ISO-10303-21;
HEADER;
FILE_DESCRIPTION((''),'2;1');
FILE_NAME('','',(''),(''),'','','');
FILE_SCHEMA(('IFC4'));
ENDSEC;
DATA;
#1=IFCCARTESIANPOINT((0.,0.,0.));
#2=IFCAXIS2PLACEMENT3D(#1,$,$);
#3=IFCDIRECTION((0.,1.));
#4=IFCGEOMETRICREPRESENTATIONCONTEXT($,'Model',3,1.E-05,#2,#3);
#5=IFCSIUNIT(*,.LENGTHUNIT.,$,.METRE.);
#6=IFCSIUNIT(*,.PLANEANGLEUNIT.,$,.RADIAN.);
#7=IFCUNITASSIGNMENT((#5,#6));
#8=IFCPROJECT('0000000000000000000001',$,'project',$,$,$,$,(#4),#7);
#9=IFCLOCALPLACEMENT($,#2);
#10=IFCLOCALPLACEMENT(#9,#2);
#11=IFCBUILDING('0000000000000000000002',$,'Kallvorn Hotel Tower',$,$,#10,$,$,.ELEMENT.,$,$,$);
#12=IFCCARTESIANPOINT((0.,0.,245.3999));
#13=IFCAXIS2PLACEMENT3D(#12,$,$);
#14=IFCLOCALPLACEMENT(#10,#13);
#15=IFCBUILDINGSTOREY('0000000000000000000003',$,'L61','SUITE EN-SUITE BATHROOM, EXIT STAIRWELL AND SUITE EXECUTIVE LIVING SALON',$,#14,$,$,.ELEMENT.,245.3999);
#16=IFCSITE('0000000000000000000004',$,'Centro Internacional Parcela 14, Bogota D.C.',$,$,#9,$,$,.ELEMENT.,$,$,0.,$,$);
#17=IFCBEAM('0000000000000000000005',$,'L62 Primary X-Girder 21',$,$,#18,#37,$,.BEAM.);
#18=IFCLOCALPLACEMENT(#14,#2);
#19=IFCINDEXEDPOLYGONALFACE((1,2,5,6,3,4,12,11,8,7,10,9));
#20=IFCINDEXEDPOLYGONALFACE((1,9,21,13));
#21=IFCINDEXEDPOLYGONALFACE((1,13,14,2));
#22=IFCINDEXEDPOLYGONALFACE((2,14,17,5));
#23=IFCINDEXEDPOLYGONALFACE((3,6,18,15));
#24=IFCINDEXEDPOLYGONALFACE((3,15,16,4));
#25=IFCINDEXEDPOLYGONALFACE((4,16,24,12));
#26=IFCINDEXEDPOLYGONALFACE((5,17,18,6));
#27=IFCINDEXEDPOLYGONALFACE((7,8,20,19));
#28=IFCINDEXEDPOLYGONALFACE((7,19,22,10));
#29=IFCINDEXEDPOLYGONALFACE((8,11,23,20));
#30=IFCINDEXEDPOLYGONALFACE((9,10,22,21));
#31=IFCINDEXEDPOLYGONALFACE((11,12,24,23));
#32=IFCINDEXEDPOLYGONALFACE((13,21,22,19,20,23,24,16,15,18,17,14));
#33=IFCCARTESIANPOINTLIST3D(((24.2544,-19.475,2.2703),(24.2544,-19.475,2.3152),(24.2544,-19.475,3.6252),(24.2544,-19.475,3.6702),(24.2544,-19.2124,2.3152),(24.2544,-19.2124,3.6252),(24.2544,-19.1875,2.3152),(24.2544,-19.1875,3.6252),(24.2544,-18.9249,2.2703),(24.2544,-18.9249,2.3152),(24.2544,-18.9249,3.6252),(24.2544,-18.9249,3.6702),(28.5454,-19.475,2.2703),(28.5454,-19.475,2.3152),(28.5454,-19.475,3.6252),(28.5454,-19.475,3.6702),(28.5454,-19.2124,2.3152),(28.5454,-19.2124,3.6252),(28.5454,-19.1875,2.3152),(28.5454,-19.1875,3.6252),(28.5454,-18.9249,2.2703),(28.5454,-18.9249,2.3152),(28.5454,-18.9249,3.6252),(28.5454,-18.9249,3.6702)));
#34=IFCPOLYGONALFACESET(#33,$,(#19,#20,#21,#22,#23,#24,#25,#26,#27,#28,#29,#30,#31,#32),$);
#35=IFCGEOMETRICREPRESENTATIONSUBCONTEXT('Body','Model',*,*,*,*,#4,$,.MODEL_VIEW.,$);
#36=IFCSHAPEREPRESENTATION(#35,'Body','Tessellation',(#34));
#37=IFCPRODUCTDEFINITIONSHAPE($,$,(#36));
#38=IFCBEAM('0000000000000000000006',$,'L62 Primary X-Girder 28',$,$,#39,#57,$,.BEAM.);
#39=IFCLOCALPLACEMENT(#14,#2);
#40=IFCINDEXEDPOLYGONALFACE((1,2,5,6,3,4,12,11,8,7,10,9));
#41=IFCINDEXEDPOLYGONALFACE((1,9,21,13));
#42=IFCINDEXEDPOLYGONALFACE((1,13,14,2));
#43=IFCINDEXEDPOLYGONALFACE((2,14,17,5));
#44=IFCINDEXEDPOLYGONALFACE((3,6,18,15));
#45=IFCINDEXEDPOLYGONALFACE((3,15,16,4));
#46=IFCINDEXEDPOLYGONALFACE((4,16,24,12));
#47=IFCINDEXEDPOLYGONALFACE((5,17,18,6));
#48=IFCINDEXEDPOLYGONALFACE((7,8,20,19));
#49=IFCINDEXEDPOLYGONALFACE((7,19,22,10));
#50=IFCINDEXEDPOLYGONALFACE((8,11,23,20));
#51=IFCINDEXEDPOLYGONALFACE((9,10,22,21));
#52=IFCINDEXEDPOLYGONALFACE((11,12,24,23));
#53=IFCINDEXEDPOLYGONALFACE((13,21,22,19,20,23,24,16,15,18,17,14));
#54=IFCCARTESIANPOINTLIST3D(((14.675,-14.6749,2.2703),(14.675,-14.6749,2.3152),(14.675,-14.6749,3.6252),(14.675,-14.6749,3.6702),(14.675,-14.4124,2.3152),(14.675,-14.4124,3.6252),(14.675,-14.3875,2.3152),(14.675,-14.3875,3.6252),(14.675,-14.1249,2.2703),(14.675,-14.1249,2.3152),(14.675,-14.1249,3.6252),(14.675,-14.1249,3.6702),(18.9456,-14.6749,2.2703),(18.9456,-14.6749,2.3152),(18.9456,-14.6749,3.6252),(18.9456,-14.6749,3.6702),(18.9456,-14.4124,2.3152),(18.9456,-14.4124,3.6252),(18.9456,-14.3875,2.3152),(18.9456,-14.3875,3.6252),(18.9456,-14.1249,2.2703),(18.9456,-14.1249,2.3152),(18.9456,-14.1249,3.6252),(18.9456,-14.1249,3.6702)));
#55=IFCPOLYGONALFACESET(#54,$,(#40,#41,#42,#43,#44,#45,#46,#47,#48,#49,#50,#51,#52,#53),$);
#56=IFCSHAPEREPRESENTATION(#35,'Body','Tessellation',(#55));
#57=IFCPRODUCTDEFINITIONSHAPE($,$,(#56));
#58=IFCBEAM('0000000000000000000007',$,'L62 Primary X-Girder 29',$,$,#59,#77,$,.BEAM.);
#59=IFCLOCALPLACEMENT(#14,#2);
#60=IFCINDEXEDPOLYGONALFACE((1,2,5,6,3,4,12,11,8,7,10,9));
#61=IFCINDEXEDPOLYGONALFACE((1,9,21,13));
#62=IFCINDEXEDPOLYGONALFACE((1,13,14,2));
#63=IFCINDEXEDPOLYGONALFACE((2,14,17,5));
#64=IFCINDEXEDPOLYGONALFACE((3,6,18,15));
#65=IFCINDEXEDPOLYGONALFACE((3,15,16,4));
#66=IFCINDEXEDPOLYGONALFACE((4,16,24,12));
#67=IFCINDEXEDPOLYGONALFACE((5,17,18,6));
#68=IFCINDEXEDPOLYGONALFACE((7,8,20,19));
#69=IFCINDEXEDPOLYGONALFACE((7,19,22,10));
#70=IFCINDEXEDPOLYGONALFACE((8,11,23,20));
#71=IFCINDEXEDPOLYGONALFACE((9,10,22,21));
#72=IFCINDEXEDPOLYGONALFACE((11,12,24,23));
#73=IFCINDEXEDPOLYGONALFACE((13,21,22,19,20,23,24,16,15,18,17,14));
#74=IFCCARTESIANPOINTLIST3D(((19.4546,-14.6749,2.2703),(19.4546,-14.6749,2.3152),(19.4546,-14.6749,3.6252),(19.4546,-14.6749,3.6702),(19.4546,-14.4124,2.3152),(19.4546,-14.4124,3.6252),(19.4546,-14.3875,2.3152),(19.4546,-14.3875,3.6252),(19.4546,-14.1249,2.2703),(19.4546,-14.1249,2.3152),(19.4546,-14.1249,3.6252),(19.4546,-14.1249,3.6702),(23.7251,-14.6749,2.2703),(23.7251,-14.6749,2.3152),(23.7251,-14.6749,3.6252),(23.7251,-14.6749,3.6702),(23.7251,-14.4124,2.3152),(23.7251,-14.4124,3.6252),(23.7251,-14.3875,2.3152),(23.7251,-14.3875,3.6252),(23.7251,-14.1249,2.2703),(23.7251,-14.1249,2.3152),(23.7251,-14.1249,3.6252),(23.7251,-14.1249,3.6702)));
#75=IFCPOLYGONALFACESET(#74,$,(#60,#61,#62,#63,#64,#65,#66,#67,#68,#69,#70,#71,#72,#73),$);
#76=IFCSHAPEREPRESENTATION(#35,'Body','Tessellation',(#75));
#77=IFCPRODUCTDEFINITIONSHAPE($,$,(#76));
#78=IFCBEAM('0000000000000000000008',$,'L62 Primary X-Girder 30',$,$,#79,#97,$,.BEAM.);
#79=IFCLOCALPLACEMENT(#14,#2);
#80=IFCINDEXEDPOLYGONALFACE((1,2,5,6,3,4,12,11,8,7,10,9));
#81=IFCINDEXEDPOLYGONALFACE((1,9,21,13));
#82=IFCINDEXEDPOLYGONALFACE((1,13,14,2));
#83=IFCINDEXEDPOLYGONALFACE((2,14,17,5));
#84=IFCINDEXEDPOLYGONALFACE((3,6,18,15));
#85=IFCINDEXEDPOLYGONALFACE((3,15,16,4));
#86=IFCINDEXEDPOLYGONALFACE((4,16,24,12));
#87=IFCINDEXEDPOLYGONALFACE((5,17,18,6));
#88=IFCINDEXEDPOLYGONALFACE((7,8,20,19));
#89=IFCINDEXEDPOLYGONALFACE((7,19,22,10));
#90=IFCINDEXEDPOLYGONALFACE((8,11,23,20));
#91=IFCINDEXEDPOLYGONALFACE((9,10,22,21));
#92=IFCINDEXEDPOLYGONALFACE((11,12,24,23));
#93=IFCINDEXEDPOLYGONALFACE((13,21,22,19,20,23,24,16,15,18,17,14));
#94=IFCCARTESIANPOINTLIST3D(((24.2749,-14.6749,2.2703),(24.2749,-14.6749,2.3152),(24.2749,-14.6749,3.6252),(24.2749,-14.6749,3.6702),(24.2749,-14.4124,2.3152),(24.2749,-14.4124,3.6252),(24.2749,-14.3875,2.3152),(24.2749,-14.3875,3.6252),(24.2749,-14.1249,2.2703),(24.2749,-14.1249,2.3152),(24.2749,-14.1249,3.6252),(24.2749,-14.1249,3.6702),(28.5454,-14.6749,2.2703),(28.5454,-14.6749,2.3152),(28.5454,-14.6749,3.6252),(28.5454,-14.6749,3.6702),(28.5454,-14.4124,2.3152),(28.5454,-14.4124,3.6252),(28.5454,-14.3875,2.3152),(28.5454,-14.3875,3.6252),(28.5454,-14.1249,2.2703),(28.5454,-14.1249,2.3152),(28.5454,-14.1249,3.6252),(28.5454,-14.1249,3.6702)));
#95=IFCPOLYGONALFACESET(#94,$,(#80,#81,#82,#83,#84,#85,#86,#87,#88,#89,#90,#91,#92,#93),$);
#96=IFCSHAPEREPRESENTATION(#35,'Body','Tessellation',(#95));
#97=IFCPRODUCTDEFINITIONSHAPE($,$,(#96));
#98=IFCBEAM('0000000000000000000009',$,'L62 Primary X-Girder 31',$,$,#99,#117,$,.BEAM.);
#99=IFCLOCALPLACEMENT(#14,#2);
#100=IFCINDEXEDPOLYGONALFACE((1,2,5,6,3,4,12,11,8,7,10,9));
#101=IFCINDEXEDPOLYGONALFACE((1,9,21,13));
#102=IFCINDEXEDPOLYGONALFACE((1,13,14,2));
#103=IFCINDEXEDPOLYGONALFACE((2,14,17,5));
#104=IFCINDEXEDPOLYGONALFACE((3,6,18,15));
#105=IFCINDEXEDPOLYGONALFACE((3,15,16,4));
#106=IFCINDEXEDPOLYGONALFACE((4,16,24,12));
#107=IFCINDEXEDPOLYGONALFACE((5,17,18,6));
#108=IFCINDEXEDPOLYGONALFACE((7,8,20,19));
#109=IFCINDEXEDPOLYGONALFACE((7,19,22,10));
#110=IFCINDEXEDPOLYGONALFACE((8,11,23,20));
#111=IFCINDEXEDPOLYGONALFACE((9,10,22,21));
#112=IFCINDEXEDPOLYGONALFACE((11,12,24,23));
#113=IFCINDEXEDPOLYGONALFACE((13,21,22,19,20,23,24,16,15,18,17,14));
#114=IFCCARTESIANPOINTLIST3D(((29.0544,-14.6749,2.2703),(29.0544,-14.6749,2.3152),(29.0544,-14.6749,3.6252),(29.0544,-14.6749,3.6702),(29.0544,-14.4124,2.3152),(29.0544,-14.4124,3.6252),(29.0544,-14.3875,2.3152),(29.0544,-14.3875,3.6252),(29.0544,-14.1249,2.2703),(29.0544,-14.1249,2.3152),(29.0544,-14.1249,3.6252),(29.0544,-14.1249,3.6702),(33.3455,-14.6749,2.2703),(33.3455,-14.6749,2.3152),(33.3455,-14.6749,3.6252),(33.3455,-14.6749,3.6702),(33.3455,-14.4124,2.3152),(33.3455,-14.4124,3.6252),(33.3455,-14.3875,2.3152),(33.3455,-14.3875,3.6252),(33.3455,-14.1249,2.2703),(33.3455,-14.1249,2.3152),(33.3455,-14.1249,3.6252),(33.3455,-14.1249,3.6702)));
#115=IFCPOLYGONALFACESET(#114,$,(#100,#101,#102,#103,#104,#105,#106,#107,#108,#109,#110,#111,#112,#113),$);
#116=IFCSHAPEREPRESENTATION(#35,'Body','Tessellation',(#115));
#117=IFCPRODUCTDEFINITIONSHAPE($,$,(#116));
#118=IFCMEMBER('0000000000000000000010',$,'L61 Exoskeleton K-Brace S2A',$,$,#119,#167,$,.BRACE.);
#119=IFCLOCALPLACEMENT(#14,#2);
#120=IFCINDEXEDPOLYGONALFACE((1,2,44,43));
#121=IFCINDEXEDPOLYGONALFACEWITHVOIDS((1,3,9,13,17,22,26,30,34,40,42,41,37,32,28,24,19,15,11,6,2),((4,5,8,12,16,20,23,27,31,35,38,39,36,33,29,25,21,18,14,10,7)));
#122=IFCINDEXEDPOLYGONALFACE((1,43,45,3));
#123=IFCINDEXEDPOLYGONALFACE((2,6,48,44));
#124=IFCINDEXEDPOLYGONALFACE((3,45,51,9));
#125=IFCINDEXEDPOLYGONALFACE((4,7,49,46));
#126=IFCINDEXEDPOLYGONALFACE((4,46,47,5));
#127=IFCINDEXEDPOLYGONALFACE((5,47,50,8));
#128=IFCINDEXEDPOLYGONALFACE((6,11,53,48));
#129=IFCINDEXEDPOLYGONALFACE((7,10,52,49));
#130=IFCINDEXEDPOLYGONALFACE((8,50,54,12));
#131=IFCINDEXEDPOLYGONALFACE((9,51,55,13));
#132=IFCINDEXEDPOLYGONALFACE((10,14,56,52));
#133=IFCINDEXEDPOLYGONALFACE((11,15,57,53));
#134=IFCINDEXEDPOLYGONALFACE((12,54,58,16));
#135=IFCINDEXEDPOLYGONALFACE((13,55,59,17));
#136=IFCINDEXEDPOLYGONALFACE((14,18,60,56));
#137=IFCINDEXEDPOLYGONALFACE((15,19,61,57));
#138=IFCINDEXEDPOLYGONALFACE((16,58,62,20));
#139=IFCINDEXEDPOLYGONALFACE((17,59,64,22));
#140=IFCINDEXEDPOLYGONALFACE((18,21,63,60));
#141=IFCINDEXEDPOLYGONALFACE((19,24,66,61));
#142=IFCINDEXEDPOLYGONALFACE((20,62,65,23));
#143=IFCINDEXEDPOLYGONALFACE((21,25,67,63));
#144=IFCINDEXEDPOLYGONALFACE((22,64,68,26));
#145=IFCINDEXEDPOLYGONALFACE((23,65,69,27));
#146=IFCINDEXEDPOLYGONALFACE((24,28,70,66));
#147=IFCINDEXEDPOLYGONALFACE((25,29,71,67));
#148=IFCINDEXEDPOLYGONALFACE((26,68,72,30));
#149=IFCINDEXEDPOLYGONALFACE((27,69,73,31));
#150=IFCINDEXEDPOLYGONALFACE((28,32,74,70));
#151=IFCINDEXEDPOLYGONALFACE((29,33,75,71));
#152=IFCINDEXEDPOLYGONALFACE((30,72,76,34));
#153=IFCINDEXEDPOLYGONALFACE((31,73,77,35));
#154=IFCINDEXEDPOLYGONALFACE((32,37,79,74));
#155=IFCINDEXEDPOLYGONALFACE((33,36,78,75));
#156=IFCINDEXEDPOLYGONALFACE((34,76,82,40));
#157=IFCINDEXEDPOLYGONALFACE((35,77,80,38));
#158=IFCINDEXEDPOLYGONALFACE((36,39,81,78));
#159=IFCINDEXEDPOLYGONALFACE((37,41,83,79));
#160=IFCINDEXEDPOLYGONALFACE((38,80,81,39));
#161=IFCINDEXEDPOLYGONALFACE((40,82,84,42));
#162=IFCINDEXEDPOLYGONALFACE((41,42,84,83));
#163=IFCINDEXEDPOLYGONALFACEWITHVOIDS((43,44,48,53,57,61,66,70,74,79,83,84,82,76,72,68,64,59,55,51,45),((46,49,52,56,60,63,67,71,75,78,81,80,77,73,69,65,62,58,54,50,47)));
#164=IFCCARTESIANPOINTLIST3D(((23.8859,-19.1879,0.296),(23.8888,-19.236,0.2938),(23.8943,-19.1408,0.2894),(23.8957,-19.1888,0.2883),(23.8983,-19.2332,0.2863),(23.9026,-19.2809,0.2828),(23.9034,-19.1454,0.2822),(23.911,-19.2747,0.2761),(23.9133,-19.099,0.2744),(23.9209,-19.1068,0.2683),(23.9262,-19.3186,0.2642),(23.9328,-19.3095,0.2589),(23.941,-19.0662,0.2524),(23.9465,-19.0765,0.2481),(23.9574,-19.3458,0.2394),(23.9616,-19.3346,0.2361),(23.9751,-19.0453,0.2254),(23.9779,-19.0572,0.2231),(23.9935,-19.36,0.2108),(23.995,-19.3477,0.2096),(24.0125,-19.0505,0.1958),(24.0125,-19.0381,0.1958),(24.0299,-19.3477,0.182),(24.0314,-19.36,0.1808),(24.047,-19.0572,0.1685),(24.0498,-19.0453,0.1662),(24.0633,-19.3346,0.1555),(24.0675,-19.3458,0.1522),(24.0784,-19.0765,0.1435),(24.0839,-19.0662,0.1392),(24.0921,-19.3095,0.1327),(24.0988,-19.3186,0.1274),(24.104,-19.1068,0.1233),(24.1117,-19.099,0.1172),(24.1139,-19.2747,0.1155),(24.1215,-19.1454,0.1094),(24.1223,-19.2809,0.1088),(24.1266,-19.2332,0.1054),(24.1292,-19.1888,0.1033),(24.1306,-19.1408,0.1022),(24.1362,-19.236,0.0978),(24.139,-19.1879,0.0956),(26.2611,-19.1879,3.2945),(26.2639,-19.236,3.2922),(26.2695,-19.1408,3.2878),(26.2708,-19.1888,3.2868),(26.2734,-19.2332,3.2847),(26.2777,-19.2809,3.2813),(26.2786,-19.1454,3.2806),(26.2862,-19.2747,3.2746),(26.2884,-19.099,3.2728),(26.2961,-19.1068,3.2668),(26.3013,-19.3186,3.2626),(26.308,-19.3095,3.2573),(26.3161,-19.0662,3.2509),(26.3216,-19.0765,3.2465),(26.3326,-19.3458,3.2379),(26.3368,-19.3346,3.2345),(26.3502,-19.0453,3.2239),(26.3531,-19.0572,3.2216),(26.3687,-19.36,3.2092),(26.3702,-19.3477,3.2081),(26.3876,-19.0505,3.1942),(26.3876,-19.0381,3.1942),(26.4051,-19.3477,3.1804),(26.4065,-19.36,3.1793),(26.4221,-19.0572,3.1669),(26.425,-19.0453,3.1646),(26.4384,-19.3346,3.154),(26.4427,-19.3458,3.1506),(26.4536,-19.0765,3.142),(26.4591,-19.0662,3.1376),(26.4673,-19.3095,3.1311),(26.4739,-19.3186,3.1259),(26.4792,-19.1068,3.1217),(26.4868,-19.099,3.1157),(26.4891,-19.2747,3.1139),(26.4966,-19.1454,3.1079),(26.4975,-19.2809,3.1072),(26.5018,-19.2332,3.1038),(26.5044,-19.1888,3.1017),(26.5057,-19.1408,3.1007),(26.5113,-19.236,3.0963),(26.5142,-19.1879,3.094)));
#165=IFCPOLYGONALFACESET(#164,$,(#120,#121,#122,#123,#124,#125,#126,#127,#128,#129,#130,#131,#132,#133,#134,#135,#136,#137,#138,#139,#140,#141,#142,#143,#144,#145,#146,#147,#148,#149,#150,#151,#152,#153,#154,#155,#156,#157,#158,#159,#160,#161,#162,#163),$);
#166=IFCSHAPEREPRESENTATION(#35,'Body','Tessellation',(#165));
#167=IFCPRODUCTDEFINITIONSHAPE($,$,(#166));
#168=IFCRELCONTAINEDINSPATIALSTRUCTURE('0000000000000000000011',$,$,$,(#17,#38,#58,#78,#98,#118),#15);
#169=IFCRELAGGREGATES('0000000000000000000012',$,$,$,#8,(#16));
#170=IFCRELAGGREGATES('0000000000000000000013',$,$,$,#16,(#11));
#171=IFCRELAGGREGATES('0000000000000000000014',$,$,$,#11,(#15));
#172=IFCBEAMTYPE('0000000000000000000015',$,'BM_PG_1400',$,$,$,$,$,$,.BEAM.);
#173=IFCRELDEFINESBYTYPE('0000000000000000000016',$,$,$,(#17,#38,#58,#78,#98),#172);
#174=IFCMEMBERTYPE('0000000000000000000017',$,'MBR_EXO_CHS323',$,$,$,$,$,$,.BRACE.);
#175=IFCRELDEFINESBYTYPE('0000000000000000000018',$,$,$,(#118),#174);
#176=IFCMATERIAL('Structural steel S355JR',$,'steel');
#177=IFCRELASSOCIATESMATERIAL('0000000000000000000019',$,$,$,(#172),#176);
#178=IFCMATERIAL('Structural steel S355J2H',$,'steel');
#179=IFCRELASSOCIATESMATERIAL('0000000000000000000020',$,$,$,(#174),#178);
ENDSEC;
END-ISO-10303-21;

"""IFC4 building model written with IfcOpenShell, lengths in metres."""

from ifc_helpers import new_model, si_unit, direction, frame, origin, origin_2d, place, context, subcontext, project, spatial, hollow_circle, i_section, extrude, material, material_profile, profile_set, type_object, element, save


model = new_model("IFC4")

# Units and contexts
model_context = context("Model", 3, precision=1e-05, world=origin(), true_north=direction((0.0, 1.0)))
body_context = subcontext(model_context, "Body", "Model", "MODEL_VIEW")
ifc_project = project(units=[si_unit("LENGTHUNIT", "METRE"), si_unit("PLANEANGLEUNIT", "RADIAN")], contexts=[model_context])

# Site, building, storey
site_placement = place(None, origin())
site = spatial("IfcSite", under=ifc_project, at=site_placement, Name="Centro Internacional Parcela 14, Bogota D.C.", CompositionType="ELEMENT", RefElevation=0.0)
building_placement = place(site_placement, origin())
building = spatial("IfcBuilding", under=site, at=building_placement, Name="Kallvorn Hotel Tower", CompositionType="ELEMENT")
storey_placement = place(building_placement, frame((0.0, 0.0, 245.3999)))
storey = spatial("IfcBuildingStorey", under=building, at=storey_placement, Name="L61", Description="SUITE EN-SUITE BATHROOM, EXIT STAIRWELL AND SUITE EXECUTIVE LIVING SALON", CompositionType="ELEMENT", Elevation=245.3999)

# Beams
ifc_material_1 = material(Name="Structural steel S355JR", Category="steel")
ifc_material_profile_1 = material_profile(ifc_material_1, i_section(OverallWidth=0.55, OverallDepth=1.3999, WebThickness=0.0249, FlangeThickness=0.0449, at=origin_2d()), Name="PG 1400x550x25x45")
ifc_profile_set_1 = profile_set([ifc_material_profile_1], Name="Structural steel S355JR")
beam_type_1 = type_object("IfcBeamType", Name="BM_PG_1400", PredefinedType="BEAM", material=ifc_profile_set_1)
for number, where, z_axis, x_axis, name in (
    (1, (24.2544, -19.2, 2.9702), (1.0, 0.0, 0.0), (0.0, 1.0, 0.0), "L62 Primary X-Girder 21"),
):
    element("IfcBeam", number, at=place(storey_placement, frame(where, z_axis=z_axis, x_axis=x_axis)), inside=storey, type_object=beam_type_1, Name=name, PredefinedType="BEAM", context=body_context, shape_type="SweptSolid", body=[
        extrude(i_section(OverallWidth=0.55, OverallDepth=1.3999, WebThickness=0.0249, FlangeThickness=0.0449, at=origin_2d()), origin(), (0.0, 0.0, 1.0), 4.291),
    ])
for number, where, z_axis, x_axis, name in (
    (2, (14.675, -14.3999, 2.9702), (1.0, 0.0, 0.0), (0.0, 1.0, 0.0), "L62 Primary X-Girder 28"),
    (3, (19.4546, -14.3999, 2.9702), (1.0, 0.0, 0.0), (0.0, 1.0, 0.0), "L62 Primary X-Girder 29"),
    (4, (24.2749, -14.3999, 2.9702), (1.0, 0.0, 0.0), (0.0, 1.0, 0.0), "L62 Primary X-Girder 30"),
):
    element("IfcBeam", number, at=place(storey_placement, frame(where, z_axis=z_axis, x_axis=x_axis)), inside=storey, type_object=beam_type_1, Name=name, PredefinedType="BEAM", context=body_context, shape_type="SweptSolid", body=[
        extrude(i_section(OverallWidth=0.55, OverallDepth=1.3999, WebThickness=0.0249, FlangeThickness=0.0449, at=origin_2d()), origin(), (0.0, 0.0, 1.0), 4.2705),
    ])
beam_1_placement = place(storey_placement, frame((29.0544, -14.3999, 2.9702), z_axis=(1.0, 0.0, 0.0), x_axis=(0.0, 1.0, 0.0)))
element("IfcBeam", 5, at=beam_1_placement, inside=storey, type_object=beam_type_1, Name="L62 Primary X-Girder 31", PredefinedType="BEAM", context=body_context, shape_type="SweptSolid", body=[
    extrude(i_section(OverallWidth=0.55, OverallDepth=1.3999, WebThickness=0.0249, FlangeThickness=0.0449, at=origin_2d()), origin(), (0.0, 0.0, 1.0), 4.291),
])

# Member
ifc_material_2 = material(Name="Structural steel S355J2H", Category="steel")
ifc_material_profile_2 = material_profile(ifc_material_2, hollow_circle(Radius=0.1619, WallThickness=0.0125, at=origin_2d()), Name="CHS 323.9x12.5")
ifc_profile_set_2 = profile_set([ifc_material_profile_2], Name="Structural steel S355J2H")
member_type = type_object("IfcMemberType", Name="MBR_EXO_CHS323", PredefinedType="BRACE", material=ifc_profile_set_2)
for number, where, z_axis, x_axis, name in (
    (6, (24.0125, -19.2, 0.1958), (0.620929, 0.0, 0.783867), (0.0, 1.0, 0.0), "L61 Exoskeleton K-Brace S2A"),
):
    element("IfcMember", number, at=place(storey_placement, frame(where, z_axis=z_axis, x_axis=x_axis)), inside=storey, type_object=member_type, Name=name, PredefinedType="BRACE", context=body_context, shape_type="SweptSolid", body=[
        extrude(hollow_circle(Radius=0.1619, WallThickness=0.0125, at=origin_2d()), origin(), (0.0, 0.0, 1.0), 3.8252),
    ])

save(model, "model.ifc")
